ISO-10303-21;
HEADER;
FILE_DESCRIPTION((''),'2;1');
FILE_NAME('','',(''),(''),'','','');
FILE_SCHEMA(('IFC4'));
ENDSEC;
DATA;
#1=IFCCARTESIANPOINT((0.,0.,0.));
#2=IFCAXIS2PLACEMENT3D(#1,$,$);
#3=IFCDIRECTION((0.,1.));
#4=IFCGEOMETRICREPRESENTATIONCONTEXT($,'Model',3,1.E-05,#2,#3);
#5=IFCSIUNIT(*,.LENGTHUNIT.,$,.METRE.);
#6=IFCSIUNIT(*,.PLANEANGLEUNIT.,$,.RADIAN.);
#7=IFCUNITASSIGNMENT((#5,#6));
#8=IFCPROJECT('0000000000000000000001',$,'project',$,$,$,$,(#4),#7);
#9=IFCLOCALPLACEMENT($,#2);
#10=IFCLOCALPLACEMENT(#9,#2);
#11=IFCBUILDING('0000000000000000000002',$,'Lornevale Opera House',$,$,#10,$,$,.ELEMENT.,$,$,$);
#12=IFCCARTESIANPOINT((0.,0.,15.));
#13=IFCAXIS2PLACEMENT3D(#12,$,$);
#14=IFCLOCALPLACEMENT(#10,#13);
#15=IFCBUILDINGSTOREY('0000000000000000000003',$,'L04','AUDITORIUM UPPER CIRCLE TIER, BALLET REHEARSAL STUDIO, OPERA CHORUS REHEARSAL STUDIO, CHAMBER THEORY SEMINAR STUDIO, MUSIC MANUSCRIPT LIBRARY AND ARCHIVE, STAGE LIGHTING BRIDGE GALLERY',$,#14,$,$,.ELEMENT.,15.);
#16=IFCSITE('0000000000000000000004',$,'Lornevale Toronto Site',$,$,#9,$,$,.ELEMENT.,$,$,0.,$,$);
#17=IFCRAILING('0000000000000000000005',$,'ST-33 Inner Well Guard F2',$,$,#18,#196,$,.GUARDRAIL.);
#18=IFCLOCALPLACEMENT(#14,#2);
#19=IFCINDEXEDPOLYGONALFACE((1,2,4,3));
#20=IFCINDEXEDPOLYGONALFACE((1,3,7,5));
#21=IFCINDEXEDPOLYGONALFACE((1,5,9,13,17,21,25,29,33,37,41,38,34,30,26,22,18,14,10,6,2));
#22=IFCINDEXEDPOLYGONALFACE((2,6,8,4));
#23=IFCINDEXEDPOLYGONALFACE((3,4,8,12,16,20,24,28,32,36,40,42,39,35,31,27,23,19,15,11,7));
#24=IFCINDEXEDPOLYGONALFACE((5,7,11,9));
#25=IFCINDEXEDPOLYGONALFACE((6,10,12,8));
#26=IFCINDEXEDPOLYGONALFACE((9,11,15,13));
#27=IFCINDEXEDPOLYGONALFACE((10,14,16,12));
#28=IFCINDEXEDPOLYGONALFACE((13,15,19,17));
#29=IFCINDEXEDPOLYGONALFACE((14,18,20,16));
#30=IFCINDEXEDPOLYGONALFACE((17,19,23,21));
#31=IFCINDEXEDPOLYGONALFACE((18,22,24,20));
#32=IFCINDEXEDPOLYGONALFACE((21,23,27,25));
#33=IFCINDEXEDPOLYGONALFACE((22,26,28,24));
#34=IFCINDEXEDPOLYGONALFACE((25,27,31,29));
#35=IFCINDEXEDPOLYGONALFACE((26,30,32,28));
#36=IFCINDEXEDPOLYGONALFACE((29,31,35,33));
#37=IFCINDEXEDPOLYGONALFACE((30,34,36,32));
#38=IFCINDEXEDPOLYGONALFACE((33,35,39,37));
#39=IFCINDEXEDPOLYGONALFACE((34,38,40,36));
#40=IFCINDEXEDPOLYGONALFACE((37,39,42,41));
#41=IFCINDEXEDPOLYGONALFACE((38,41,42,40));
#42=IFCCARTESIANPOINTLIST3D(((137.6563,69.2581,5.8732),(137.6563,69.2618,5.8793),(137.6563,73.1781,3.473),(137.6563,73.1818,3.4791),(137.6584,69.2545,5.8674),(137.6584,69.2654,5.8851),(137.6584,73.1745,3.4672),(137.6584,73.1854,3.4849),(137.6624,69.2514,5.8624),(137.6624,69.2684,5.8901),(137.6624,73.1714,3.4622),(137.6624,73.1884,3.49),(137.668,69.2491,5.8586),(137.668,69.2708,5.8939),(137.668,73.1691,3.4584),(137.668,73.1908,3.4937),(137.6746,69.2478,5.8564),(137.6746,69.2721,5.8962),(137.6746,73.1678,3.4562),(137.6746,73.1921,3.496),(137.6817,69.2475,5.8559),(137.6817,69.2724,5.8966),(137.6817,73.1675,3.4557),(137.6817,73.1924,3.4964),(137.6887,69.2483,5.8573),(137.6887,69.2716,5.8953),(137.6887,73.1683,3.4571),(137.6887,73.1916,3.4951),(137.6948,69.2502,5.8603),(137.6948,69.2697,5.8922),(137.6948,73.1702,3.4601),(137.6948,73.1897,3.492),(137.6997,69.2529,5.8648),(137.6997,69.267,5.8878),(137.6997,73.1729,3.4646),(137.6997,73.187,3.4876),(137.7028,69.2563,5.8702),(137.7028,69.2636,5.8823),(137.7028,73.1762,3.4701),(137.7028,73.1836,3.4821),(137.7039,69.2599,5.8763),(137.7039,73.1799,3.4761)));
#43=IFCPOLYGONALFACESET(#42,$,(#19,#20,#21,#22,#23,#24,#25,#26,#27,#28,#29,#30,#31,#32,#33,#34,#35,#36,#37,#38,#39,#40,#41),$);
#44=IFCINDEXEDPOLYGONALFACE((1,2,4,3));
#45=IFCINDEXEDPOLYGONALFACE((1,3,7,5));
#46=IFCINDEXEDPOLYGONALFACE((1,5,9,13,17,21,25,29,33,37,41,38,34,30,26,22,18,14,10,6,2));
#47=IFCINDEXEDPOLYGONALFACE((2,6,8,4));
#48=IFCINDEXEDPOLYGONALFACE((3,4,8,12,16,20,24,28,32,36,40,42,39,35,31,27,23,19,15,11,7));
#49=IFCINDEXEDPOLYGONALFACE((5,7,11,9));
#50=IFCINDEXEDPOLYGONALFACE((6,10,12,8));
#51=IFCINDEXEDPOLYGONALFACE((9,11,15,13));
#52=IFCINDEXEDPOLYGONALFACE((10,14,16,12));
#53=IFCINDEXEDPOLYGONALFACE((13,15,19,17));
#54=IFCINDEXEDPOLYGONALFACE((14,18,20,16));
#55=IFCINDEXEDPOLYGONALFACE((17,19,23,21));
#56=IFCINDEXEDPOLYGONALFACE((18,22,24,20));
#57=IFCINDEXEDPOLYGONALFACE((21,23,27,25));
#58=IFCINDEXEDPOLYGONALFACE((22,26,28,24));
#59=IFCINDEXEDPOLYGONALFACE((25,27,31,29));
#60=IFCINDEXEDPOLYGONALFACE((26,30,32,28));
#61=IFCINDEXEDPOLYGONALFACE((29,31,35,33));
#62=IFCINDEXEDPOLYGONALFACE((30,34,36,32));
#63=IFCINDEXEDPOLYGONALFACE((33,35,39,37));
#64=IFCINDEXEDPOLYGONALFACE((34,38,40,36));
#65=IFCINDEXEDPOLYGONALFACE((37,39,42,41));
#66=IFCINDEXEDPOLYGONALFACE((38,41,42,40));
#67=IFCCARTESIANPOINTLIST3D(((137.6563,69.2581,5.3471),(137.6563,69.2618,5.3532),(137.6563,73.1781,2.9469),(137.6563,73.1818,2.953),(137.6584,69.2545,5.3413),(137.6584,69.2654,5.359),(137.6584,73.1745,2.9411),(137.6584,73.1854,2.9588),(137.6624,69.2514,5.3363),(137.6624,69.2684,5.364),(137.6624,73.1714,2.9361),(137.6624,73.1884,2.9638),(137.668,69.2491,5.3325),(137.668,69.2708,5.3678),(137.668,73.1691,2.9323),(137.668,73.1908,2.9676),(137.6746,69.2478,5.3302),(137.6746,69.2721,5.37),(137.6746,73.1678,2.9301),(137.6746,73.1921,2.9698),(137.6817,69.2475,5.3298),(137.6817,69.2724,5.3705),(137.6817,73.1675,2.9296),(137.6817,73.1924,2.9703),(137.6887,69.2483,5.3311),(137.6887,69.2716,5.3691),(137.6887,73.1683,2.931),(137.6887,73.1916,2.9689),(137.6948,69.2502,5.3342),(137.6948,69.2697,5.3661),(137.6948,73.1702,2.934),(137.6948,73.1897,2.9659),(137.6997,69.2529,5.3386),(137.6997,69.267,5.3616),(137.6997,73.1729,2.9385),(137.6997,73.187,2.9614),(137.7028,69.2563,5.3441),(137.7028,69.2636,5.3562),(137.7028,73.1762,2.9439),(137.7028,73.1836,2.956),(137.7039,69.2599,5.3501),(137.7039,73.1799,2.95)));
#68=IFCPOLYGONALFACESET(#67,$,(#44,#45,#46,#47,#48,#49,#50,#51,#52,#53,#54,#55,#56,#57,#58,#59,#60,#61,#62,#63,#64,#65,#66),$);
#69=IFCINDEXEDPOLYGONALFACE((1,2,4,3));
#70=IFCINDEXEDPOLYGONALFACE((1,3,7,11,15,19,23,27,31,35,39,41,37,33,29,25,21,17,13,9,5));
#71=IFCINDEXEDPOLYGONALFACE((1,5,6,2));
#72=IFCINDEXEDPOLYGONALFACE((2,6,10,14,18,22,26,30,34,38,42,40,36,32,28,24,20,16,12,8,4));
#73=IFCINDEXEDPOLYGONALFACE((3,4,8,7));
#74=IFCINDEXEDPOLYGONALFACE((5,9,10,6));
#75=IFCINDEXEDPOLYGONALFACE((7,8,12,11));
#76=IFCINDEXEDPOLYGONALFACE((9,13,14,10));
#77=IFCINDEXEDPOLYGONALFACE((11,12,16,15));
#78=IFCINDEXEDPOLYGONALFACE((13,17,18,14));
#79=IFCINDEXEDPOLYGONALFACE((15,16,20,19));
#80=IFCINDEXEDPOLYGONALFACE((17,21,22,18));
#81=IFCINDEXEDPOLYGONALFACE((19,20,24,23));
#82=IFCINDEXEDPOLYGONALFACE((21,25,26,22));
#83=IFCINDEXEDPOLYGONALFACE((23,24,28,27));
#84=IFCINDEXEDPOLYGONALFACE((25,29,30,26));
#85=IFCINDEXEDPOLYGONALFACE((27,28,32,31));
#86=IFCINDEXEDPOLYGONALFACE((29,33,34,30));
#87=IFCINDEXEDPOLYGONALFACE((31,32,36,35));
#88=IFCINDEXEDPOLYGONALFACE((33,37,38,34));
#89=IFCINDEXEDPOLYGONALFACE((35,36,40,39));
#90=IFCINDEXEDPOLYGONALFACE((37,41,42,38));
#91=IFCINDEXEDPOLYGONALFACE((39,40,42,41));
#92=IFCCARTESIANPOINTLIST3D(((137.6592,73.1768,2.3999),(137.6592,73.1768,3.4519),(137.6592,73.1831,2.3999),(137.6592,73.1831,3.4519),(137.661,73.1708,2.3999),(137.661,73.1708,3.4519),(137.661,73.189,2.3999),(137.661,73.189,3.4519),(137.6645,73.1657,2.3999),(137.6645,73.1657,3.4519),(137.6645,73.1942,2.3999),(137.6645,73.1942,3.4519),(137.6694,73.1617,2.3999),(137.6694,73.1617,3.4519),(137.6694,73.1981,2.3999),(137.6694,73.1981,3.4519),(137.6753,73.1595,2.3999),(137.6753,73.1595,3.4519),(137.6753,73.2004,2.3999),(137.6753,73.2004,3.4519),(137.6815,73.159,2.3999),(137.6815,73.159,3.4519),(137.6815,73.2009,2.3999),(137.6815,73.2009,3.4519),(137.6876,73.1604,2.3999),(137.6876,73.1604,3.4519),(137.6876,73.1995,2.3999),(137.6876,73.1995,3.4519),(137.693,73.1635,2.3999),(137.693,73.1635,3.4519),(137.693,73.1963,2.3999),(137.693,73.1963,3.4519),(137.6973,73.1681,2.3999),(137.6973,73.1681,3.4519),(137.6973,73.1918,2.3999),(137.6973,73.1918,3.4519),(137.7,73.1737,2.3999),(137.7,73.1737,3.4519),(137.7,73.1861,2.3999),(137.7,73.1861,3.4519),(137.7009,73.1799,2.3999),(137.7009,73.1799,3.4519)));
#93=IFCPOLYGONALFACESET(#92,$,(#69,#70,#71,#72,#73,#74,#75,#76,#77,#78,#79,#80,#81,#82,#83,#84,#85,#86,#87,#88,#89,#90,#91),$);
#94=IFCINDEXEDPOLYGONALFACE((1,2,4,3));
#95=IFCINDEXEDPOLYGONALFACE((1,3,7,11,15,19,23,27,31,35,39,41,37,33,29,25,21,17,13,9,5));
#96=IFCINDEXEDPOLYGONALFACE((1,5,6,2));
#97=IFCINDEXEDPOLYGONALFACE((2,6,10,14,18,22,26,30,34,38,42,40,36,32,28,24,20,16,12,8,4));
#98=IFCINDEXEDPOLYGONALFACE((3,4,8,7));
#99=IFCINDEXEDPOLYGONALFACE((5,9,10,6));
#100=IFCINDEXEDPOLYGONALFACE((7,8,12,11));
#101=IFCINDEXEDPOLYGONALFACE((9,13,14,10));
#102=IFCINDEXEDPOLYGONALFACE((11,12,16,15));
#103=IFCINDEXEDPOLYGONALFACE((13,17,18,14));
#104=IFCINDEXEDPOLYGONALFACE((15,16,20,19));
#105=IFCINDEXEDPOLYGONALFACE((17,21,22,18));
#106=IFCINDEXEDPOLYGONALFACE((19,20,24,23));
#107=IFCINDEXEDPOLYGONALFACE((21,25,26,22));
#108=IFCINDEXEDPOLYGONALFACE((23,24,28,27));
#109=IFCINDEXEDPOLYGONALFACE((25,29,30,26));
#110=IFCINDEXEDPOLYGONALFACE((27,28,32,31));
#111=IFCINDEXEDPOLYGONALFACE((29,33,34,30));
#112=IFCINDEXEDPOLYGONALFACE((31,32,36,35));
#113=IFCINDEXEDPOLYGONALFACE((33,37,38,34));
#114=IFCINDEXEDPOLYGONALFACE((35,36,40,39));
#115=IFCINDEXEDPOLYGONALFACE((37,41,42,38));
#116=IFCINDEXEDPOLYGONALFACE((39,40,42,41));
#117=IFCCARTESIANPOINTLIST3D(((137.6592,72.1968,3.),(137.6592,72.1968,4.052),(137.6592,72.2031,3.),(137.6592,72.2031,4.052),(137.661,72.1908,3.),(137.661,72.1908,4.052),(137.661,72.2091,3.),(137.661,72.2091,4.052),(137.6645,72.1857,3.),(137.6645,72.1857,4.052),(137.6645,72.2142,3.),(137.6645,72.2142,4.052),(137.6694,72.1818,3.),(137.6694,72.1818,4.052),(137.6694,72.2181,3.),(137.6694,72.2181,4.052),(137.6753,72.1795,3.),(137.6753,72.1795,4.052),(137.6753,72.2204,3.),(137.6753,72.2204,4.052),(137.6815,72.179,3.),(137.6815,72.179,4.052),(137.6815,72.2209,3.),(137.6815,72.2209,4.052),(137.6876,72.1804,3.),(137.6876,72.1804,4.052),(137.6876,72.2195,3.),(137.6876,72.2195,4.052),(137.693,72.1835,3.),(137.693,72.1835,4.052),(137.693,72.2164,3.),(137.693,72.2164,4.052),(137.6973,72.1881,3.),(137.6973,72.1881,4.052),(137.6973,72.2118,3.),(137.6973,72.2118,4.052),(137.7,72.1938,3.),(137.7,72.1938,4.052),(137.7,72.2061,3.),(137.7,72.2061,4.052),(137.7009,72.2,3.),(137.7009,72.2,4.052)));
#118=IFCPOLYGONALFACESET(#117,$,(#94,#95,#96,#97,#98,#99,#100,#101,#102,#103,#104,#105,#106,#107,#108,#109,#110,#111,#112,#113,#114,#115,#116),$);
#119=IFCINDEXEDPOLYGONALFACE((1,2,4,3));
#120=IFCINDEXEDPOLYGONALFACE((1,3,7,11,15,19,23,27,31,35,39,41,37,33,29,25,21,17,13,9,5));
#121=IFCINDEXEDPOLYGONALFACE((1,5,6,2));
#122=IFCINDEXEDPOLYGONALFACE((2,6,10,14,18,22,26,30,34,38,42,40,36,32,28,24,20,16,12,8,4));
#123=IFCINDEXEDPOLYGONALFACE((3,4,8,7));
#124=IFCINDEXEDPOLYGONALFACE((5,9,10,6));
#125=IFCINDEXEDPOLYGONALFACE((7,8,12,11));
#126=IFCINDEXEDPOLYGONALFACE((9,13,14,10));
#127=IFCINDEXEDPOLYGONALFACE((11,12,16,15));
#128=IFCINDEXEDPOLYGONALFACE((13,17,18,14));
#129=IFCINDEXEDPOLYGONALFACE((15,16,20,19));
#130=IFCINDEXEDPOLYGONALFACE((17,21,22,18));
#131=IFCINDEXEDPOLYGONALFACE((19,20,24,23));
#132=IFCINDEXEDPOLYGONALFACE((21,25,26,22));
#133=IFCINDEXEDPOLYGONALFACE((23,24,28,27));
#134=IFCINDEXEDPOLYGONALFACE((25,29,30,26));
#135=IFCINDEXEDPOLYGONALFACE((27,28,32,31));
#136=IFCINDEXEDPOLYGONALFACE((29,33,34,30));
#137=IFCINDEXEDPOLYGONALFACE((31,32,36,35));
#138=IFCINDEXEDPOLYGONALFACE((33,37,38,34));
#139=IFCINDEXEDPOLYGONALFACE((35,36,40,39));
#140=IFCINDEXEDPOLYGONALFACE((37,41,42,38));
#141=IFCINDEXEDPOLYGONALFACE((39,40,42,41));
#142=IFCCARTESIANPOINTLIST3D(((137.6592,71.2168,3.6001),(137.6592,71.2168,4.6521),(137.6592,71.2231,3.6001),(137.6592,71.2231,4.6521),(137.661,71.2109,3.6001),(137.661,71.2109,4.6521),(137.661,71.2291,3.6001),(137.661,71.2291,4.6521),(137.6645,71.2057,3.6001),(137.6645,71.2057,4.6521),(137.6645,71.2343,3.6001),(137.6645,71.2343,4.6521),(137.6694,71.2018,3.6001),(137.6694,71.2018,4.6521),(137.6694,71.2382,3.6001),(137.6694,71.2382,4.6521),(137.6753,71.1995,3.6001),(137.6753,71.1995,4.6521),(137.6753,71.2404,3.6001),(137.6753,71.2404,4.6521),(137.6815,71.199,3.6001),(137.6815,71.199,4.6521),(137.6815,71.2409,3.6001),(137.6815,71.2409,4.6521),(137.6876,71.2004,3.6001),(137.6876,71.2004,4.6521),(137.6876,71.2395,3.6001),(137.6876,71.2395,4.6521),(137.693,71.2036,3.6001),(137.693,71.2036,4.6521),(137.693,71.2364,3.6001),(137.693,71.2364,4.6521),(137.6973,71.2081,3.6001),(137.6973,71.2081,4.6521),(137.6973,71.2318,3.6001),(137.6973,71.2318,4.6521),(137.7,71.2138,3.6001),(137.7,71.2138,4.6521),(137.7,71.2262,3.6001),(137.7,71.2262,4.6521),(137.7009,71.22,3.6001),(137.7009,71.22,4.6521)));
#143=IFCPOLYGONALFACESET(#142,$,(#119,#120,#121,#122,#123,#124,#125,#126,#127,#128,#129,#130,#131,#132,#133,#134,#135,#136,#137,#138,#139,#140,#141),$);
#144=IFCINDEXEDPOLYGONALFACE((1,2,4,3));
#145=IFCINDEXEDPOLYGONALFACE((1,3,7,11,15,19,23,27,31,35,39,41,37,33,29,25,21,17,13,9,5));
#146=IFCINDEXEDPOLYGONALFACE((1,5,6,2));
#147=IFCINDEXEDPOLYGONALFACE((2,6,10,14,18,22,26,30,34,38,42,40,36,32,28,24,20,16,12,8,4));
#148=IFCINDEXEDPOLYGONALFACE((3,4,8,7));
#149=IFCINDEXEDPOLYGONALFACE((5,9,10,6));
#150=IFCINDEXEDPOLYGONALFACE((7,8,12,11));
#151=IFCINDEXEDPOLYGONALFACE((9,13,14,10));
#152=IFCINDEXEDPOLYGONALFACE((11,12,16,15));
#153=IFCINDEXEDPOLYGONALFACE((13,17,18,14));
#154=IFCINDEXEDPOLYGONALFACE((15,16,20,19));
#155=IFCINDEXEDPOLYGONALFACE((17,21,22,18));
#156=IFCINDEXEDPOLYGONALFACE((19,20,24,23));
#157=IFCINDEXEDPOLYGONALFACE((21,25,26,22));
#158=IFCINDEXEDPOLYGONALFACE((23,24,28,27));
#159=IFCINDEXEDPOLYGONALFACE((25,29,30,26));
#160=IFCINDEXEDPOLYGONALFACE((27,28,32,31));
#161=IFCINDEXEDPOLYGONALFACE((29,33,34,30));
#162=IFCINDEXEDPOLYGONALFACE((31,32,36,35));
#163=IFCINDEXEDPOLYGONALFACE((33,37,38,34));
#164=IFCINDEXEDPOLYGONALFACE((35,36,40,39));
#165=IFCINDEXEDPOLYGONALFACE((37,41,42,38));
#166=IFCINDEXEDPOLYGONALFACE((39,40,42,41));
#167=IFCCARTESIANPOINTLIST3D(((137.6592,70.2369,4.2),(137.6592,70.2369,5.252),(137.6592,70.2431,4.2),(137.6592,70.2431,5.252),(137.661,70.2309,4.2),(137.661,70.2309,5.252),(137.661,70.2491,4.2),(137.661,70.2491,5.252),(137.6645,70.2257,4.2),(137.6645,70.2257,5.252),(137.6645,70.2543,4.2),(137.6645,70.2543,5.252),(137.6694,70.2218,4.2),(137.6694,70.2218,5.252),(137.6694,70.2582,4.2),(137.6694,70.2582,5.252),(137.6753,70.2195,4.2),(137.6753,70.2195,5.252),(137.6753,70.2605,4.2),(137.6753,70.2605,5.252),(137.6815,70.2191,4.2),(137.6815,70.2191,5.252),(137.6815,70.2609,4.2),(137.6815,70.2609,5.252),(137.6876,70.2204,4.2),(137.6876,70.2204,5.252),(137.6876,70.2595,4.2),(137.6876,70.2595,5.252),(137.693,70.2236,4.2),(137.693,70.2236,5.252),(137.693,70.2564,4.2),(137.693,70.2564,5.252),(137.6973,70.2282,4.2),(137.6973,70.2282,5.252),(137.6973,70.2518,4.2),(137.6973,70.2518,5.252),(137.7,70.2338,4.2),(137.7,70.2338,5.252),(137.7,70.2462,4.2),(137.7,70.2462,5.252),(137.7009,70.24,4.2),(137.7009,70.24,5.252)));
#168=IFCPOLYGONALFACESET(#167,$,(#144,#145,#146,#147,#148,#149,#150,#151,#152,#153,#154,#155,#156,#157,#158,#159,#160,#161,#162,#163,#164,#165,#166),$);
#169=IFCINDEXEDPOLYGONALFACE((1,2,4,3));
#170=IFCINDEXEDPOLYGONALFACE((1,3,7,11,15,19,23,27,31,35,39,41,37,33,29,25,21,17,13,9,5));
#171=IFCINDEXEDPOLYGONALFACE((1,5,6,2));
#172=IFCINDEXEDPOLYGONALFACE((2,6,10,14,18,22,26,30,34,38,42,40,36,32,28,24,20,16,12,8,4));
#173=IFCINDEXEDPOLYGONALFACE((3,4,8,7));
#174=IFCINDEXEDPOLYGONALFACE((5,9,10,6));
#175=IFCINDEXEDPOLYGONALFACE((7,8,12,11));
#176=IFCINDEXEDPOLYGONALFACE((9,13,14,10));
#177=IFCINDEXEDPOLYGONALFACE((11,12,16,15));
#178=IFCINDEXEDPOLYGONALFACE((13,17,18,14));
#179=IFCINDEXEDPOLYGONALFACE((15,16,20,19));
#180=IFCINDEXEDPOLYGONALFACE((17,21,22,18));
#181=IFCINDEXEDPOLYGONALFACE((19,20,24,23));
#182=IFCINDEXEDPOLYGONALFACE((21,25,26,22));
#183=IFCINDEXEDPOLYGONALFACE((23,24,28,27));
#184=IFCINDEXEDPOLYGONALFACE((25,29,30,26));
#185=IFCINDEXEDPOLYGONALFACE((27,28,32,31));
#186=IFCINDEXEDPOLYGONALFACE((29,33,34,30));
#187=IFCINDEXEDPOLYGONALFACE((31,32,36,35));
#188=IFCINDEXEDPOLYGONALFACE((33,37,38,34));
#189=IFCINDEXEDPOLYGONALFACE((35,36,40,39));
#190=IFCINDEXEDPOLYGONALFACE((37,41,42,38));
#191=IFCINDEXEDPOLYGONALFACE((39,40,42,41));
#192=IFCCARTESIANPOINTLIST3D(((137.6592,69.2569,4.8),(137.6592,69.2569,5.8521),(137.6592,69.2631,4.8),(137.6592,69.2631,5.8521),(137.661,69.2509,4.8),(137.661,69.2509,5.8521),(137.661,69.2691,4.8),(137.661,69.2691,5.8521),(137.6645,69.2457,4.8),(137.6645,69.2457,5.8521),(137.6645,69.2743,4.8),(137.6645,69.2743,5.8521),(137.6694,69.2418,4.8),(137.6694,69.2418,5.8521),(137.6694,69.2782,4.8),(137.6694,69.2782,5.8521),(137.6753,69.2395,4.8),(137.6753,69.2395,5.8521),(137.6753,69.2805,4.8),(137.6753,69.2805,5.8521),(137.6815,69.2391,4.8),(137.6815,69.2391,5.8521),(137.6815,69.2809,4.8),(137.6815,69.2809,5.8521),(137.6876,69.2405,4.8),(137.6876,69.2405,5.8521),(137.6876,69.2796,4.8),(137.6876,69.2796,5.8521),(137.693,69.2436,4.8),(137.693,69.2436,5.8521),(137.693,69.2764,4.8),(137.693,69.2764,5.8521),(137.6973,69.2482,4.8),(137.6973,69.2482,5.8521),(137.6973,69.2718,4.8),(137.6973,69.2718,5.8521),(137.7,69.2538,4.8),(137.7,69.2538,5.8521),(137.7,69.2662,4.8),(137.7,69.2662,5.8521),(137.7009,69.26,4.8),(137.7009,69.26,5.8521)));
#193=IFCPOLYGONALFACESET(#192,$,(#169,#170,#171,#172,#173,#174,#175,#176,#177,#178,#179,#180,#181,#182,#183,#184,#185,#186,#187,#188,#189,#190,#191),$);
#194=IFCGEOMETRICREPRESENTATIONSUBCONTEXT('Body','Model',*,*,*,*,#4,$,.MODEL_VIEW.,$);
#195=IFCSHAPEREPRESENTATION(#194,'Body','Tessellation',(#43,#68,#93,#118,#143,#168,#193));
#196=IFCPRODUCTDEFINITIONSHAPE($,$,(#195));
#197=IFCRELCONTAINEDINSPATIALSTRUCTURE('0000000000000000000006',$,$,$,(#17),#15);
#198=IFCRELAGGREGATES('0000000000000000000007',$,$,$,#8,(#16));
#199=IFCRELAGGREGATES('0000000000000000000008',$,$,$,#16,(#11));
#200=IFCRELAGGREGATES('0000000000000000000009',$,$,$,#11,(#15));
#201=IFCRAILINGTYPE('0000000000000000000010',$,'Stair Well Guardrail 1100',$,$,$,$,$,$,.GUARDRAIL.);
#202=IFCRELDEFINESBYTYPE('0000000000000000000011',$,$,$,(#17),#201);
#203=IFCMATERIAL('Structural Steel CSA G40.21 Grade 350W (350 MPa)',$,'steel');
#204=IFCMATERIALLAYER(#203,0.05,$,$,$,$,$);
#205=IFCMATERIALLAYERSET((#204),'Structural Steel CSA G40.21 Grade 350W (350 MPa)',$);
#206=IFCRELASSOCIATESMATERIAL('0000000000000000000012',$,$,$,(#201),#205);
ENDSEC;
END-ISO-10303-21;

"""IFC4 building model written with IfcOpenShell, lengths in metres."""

from ifc_helpers import new_model, si_unit, direction, frame, origin, origin_2d, place, context, subcontext, project, spatial, circle, extrude, material, layer, layer_set, type_object, element, save


model = new_model("IFC4")

# Units and contexts
model_context = context("Model", 3, precision=1e-05, world=origin(), true_north=direction((0.0, 1.0)))
body_context = subcontext(model_context, "Body", "Model", "MODEL_VIEW")
ifc_project = project(units=[si_unit("LENGTHUNIT", "METRE"), si_unit("PLANEANGLEUNIT", "RADIAN")], contexts=[model_context])

# Site, building, storey
site_placement = place(None, origin())
site = spatial("IfcSite", under=ifc_project, at=site_placement, Name="Lornevale Toronto Site", CompositionType="ELEMENT", RefElevation=0.0)
building_placement = place(site_placement, origin())
building = spatial("IfcBuilding", under=site, at=building_placement, Name="Lornevale Opera House", CompositionType="ELEMENT")
storey_placement = place(building_placement, frame((0.0, 0.0, 15.0)))
storey = spatial("IfcBuildingStorey", under=building, at=storey_placement, Name="L04", Description="AUDITORIUM UPPER CIRCLE TIER, BALLET REHEARSAL STUDIO, OPERA CHORUS REHEARSAL STUDIO, CHAMBER THEORY SEMINAR STUDIO, MUSIC MANUSCRIPT LIBRARY AND ARCHIVE, STAGE LIGHTING BRIDGE GALLERY", CompositionType="ELEMENT", Elevation=15.0)

# Shared definitions
ifc_material_1 = material(Name="Structural Steel CSA G40.21 Grade 350W (350 MPa)", Category="steel")

# Railing
ifc_layer_1 = layer(ifc_material_1, 0.05)
ifc_layer_set_1 = layer_set([ifc_layer_1], Name="Structural Steel CSA G40.21 Grade 350W (350 MPa)")
railing_type_1 = type_object("IfcRailingType", Name="Stair Well Guardrail 1100", PredefinedType="GUARDRAIL", material=ifc_layer_set_1)
railing_1_placement = place(storey_placement, frame((137.6799, 73.1799, 2.3999)))
element("IfcRailing", 1, at=railing_1_placement, inside=storey, type_object=railing_type_1, Name="ST-33 Inner Well Guard F2", PredefinedType="GUARDRAIL", context=body_context, shape_type="SweptSolid", body=[
    extrude(circle(Radius=0.0239, at=origin_2d()), frame((0.0, 0.0, 1.0762), z_axis=(0.0, -0.852832, 0.522185), x_axis=(1.0, 0.0, 0.0)), (0.0, 0.0, 1.0), 4.5964),
    extrude(circle(Radius=0.0239, at=origin_2d()), frame((0.0, 0.0, 0.55), z_axis=(0.0, -0.852832, 0.522185), x_axis=(1.0, 0.0, 0.0)), (0.0, 0.0, 1.0), 4.5964),
    extrude(circle(Radius=0.021, at=origin_2d()), origin(), (0.0, 0.0, 1.0), 1.052),
    extrude(circle(Radius=0.021, at=origin_2d()), frame((0.0, -0.98, 0.6001)), (0.0, 0.0, 1.0), 1.052),
    extrude(circle(Radius=0.021, at=origin_2d()), frame((0.0, -1.96, 1.2002)), (0.0, 0.0, 1.0), 1.052),
    extrude(circle(Radius=0.021, at=origin_2d()), frame((0.0, -2.9399, 1.8)), (0.0, 0.0, 1.0), 1.052),
    extrude(circle(Radius=0.021, at=origin_2d()), frame((0.0, -3.9199, 2.4001)), (0.0, 0.0, 1.0), 1.052),
])

save(model, "model.ifc")
